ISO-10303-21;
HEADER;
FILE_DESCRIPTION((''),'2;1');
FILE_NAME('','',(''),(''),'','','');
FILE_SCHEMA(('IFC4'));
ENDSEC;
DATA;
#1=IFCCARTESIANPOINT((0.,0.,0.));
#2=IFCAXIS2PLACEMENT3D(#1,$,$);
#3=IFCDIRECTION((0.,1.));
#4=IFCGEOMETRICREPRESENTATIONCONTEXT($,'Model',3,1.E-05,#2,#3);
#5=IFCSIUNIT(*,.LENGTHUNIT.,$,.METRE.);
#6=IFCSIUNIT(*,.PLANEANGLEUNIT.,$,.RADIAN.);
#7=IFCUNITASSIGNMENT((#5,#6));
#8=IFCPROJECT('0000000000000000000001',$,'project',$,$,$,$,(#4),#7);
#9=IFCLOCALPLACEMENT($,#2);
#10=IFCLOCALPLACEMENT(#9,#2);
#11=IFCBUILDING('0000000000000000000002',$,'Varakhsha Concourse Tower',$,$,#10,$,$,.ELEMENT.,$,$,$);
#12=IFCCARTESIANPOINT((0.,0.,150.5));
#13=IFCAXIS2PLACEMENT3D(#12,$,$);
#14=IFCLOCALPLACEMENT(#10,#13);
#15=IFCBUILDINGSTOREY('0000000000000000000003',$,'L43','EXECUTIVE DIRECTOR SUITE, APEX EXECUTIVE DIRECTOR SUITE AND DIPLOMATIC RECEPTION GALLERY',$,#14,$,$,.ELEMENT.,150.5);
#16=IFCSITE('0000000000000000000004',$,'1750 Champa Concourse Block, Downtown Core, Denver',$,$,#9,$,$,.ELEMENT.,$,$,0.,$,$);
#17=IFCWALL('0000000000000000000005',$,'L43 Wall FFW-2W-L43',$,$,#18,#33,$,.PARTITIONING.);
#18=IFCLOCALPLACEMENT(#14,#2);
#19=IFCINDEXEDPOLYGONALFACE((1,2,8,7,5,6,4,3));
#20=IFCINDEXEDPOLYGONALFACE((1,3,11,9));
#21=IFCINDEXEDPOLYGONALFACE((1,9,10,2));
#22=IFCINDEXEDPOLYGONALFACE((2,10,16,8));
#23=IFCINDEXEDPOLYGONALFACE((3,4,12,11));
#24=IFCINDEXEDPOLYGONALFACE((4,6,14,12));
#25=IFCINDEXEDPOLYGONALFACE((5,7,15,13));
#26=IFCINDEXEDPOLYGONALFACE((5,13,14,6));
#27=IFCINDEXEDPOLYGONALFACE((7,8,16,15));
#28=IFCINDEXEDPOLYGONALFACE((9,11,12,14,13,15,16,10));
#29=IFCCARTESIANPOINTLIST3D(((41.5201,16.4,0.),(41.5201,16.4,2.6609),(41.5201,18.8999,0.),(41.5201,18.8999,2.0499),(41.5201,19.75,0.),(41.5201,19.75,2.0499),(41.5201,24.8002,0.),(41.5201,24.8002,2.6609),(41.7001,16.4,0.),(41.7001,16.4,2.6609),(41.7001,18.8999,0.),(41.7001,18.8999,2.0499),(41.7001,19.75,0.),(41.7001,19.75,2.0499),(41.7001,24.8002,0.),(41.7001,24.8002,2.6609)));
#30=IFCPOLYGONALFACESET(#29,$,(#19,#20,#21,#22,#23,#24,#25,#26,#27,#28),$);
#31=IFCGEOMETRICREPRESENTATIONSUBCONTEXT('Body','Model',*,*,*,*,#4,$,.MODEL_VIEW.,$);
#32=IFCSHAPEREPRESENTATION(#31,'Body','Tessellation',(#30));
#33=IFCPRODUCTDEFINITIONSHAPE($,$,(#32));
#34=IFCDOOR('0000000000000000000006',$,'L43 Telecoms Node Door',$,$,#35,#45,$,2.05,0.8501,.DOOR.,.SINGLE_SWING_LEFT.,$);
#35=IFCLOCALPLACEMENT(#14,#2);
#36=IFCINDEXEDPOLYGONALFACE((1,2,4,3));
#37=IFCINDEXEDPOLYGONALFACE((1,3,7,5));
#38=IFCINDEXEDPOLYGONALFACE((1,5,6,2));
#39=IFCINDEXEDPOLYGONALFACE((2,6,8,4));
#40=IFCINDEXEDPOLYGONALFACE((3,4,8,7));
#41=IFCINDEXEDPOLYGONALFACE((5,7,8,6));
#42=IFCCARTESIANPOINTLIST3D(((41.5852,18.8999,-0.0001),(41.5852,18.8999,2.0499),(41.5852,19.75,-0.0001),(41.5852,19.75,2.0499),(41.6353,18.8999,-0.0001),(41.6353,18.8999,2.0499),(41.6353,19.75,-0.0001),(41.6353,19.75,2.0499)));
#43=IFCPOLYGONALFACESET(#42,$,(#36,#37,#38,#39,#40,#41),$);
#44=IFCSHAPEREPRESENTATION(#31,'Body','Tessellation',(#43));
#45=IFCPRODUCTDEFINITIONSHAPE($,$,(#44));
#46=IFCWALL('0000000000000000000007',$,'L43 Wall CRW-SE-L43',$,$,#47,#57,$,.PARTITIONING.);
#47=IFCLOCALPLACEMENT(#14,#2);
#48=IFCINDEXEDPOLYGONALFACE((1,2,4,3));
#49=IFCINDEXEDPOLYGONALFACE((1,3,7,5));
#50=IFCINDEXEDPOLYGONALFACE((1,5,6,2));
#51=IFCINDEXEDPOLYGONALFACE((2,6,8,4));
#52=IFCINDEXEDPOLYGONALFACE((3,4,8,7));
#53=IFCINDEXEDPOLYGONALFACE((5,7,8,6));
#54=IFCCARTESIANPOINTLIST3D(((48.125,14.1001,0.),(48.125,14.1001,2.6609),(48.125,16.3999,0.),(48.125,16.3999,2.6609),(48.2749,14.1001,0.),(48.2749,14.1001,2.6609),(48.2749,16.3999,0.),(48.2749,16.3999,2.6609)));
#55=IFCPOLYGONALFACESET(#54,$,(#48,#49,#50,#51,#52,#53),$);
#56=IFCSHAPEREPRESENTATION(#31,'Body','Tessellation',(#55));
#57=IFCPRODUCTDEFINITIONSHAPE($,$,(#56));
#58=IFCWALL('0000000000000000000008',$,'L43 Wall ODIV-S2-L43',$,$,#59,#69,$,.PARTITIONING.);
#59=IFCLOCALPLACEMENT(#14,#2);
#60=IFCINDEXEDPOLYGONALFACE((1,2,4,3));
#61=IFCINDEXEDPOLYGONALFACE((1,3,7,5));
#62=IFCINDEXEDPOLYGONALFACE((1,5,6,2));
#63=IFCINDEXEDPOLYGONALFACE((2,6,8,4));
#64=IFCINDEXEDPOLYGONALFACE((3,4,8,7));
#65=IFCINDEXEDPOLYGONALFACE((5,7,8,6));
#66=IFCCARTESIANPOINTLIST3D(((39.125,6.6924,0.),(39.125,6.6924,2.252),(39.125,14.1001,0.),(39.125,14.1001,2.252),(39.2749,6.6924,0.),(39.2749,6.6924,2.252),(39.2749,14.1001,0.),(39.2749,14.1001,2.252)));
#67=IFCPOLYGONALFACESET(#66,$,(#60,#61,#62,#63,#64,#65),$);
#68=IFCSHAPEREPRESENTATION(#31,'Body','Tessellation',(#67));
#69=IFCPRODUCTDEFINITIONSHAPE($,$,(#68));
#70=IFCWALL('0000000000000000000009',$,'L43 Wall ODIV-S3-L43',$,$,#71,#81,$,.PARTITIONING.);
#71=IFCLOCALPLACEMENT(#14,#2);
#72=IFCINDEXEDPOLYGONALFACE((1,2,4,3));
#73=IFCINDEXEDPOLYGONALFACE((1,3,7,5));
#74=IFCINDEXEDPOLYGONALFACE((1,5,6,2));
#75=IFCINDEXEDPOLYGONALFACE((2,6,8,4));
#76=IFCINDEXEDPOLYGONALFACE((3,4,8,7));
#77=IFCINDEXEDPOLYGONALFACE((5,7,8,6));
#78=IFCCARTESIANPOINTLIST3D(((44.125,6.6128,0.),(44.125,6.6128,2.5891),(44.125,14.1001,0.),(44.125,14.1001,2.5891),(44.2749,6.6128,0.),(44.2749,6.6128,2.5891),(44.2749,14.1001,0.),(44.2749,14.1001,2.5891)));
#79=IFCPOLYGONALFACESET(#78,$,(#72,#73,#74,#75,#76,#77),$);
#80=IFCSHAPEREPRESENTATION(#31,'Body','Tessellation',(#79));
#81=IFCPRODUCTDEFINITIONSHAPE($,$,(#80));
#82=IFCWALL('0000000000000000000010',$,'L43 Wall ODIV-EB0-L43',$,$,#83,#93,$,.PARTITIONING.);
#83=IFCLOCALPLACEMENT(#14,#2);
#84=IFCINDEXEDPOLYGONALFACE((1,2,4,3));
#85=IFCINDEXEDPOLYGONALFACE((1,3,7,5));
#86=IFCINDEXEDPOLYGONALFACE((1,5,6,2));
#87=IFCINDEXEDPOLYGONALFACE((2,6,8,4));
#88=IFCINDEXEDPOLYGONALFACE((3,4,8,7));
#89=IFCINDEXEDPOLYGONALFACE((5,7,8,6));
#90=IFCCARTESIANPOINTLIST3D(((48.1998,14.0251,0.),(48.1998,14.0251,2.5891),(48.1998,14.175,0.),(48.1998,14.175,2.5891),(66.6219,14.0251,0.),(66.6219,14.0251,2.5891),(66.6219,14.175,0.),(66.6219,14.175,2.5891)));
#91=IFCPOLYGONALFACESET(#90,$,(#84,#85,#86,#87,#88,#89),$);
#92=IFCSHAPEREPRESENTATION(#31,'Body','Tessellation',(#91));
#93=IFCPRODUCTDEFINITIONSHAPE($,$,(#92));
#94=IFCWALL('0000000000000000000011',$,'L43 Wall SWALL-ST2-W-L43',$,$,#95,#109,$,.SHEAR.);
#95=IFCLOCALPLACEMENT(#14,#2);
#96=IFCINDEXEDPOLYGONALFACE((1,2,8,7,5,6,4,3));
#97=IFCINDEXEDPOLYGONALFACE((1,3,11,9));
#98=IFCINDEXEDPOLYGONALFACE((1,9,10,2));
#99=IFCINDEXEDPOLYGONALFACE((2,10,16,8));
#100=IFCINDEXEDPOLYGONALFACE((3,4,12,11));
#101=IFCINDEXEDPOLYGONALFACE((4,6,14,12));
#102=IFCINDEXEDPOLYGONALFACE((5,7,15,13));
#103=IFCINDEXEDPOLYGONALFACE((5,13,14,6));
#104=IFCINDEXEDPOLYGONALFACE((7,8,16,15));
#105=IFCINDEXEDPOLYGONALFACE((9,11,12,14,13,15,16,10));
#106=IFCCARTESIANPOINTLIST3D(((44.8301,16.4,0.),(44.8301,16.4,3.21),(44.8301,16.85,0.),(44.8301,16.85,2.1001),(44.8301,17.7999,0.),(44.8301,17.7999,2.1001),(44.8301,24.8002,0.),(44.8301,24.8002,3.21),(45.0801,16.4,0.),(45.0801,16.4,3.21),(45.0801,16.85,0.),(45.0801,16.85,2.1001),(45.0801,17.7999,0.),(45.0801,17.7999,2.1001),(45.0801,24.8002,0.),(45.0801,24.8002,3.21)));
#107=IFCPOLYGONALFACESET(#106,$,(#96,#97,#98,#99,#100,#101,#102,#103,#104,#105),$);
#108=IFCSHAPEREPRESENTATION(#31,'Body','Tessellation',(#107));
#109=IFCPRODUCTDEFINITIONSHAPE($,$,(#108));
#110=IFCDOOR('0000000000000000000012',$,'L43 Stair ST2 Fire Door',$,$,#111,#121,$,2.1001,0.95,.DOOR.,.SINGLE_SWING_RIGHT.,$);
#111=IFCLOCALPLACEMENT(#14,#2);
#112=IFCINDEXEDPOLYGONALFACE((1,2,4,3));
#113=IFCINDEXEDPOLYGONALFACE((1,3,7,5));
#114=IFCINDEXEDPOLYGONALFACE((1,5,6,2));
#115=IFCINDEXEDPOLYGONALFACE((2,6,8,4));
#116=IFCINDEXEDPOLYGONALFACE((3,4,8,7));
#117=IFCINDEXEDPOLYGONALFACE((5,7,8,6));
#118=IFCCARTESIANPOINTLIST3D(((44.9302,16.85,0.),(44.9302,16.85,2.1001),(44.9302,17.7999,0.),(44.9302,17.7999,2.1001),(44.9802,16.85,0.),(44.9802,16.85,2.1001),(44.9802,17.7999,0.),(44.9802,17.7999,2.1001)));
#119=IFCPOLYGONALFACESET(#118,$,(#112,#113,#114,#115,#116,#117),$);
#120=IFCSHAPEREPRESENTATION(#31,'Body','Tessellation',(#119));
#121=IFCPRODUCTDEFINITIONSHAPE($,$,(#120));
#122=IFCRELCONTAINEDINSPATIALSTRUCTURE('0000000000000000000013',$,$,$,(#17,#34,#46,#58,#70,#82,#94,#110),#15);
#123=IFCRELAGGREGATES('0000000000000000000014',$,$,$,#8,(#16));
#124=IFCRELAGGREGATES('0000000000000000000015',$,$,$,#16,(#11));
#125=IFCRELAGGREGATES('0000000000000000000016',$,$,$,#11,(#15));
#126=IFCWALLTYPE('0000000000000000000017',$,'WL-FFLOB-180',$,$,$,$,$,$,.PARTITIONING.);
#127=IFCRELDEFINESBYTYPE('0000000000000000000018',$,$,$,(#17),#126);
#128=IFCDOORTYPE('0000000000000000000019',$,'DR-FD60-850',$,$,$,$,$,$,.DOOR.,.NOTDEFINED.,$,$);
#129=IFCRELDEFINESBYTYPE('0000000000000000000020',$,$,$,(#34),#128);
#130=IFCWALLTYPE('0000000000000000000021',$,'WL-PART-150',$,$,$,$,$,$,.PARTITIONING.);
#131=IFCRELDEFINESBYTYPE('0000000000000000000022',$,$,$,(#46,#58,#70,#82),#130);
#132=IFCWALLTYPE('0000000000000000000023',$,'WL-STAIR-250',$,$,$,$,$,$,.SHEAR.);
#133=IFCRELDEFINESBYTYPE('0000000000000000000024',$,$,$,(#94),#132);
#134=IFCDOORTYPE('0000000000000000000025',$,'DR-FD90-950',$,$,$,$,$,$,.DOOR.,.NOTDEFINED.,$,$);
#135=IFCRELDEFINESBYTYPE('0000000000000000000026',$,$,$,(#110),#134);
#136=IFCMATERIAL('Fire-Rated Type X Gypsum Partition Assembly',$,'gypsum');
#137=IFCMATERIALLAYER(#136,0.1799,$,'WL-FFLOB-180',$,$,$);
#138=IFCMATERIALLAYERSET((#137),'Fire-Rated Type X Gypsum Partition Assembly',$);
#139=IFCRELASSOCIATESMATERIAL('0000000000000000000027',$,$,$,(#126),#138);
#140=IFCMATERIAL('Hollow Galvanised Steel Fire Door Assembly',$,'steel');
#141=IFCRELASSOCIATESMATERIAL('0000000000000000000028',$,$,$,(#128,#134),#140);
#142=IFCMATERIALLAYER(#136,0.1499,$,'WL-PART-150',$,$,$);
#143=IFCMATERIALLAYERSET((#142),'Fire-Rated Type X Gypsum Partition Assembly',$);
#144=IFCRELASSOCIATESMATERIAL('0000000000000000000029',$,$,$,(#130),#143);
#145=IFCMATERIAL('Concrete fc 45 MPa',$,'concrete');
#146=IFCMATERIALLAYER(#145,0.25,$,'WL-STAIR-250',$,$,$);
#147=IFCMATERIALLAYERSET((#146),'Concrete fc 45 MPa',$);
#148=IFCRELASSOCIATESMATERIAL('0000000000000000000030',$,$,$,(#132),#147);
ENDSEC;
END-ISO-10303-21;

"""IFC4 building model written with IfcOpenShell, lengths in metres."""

from ifc_helpers import new_model, si_unit, direction, frame, frame_2d, origin, place, context, subcontext, project, spatial, rectangle, extrude, material, layer, layer_set, type_object, element, fill, save


model = new_model("IFC4")

# Units and contexts
model_context = context("Model", 3, precision=1e-05, world=origin(), true_north=direction((0.0, 1.0)))
body_context = subcontext(model_context, "Body", "Model", "MODEL_VIEW")
ifc_project = project(units=[si_unit("LENGTHUNIT", "METRE"), si_unit("PLANEANGLEUNIT", "RADIAN")], contexts=[model_context])

# Site, building, storey
site_placement = place(None, origin())
site = spatial("IfcSite", under=ifc_project, at=site_placement, Name="1750 Champa Concourse Block, Downtown Core, Denver", CompositionType="ELEMENT", RefElevation=0.0)
building_placement = place(site_placement, origin())
building = spatial("IfcBuilding", under=site, at=building_placement, Name="Varakhsha Concourse Tower", CompositionType="ELEMENT")
storey_placement = place(building_placement, frame((0.0, 0.0, 150.5)))
storey = spatial("IfcBuildingStorey", under=building, at=storey_placement, Name="L43", Description="EXECUTIVE DIRECTOR SUITE, APEX EXECUTIVE DIRECTOR SUITE AND DIPLOMATIC RECEPTION GALLERY", CompositionType="ELEMENT", Elevation=150.5)

# Wall, opening, door
ifc_material_1 = material(Name="Fire-Rated Type X Gypsum Partition Assembly", Category="gypsum")
ifc_layer_1 = layer(ifc_material_1, 0.1799, Name="WL-FFLOB-180")
ifc_layer_set_1 = layer_set([ifc_layer_1], Name="Fire-Rated Type X Gypsum Partition Assembly")
wall_type_1 = type_object("IfcWallType", Name="WL-FFLOB-180", PredefinedType="PARTITIONING", material=ifc_layer_set_1)
ifc_material_2 = material(Name="Hollow Galvanised Steel Fire Door Assembly", Category="steel")
wall_1_placement = place(storey_placement, frame((41.6101, 16.3999, 0.0), z_axis=(0.0, 0.0, 1.0), x_axis=(0.0, 1.0, 0.0)))
wall_1 = element("IfcWall", 1, at=wall_1_placement, inside=storey, type_object=wall_type_1, Name="L43 Wall FFW-2W-L43", PredefinedType="PARTITIONING", context=body_context, shape_type="SweptSolid", body=[
    extrude(rectangle(XDim=8.4001, YDim=0.1799, at=frame_2d((4.2002, 0.0))), origin(), (0.0, 0.0, 1.0), 2.6609),
])
opening_1_placement = place(wall_1_placement, frame((2.5, 0.0, 0.0)))
opening_1 = element("IfcOpeningElement", 2, at=opening_1_placement, cuts=wall_1, PredefinedType="OPENING", context=body_context, shape_type="SweptSolid", body=[
    extrude(rectangle(XDim=0.8501, YDim=2.05, at=frame_2d((0.425, 1.0249))), frame((0.0, 0.0999, 0.0), z_axis=(0.0, -1.0, 0.0), x_axis=(1.0, 0.0, 0.0)), (0.0, 0.0, 1.0), 0.2),
])
door_type_1 = type_object("IfcDoorType", Name="DR-FD60-850", OperationType="NOTDEFINED", PredefinedType="DOOR", material=ifc_material_2)
door_1_placement = place(opening_1_placement, origin())
door_1 = element("IfcDoor", 3, at=door_1_placement, inside=storey, type_object=door_type_1, Name="L43 Telecoms Node Door", OperationType="SINGLE_SWING_LEFT", OverallHeight=2.05, OverallWidth=0.8501, PredefinedType="DOOR", context=body_context, shape_type="SweptSolid", body=[
    extrude(rectangle(XDim=0.8501, YDim=2.05, at=frame_2d((0.425, 1.0249))), frame((0.0, 0.0249, 0.0), z_axis=(0.0, -1.0, 0.0), x_axis=(1.0, 0.0, 0.0)), (0.0, 0.0, 1.0), 0.05),
])
fill(opening_1, door_1)

# Walls
ifc_layer_2 = layer(ifc_material_1, 0.1499, Name="WL-PART-150")
ifc_layer_set_2 = layer_set([ifc_layer_2], Name="Fire-Rated Type X Gypsum Partition Assembly")
wall_type_2 = type_object("IfcWallType", Name="WL-PART-150", PredefinedType="PARTITIONING", material=ifc_layer_set_2)
wall_2_placement = place(storey_placement, frame((48.2, 14.1001, 0.0), z_axis=(0.0, 0.0, 1.0), x_axis=(0.0, 1.0, 0.0)))
element("IfcWall", 4, at=wall_2_placement, inside=storey, type_object=wall_type_2, Name="L43 Wall CRW-SE-L43", PredefinedType="PARTITIONING", context=body_context, shape_type="SweptSolid", body=[
    extrude(rectangle(XDim=2.2998, YDim=0.1499, at=frame_2d((1.1499, 0.0))), origin(), (0.0, 0.0, 1.0), 2.6609),
])
wall_3_placement = place(storey_placement, frame((39.2, 6.6924, 0.0), z_axis=(0.0, 0.0, 1.0), x_axis=(0.0, 1.0, 0.0)))
element("IfcWall", 5, at=wall_3_placement, inside=storey, type_object=wall_type_2, Name="L43 Wall ODIV-S2-L43", PredefinedType="PARTITIONING", context=body_context, shape_type="SweptSolid", body=[
    extrude(rectangle(XDim=7.4077, YDim=0.1499, at=frame_2d((3.7039, 0.0))), origin(), (0.0, 0.0, 1.0), 2.252),
])
wall_4_placement = place(storey_placement, frame((44.2, 6.6128, 0.0), z_axis=(0.0, 0.0, 1.0), x_axis=(0.0, 1.0, 0.0)))
element("IfcWall", 6, at=wall_4_placement, inside=storey, type_object=wall_type_2, Name="L43 Wall ODIV-S3-L43", PredefinedType="PARTITIONING", context=body_context, shape_type="SweptSolid", body=[
    extrude(rectangle(XDim=7.4873, YDim=0.1499, at=frame_2d((3.7437, 0.0))), origin(), (0.0, 0.0, 1.0), 2.5891),
])
wall_5_placement = place(storey_placement, frame((48.2, 14.1001, 0.0), z_axis=(0.0, 0.0, 1.0), x_axis=(1.0, 0.0, 0.0)))
element("IfcWall", 7, at=wall_5_placement, inside=storey, type_object=wall_type_2, Name="L43 Wall ODIV-EB0-L43", PredefinedType="PARTITIONING", context=body_context, shape_type="SweptSolid", body=[
    extrude(rectangle(XDim=18.4221, YDim=0.1499, at=frame_2d((9.2109, 0.0))), origin(), (0.0, 0.0, 1.0), 2.5891),
])

# Wall, opening, door
ifc_material_3 = material(Name="Concrete fc 45 MPa", Category="concrete")
ifc_layer_3 = layer(ifc_material_3, 0.25, Name="WL-STAIR-250")
ifc_layer_set_3 = layer_set([ifc_layer_3], Name="Concrete fc 45 MPa")
wall_type_3 = type_object("IfcWallType", Name="WL-STAIR-250", PredefinedType="SHEAR", material=ifc_layer_set_3)
wall_6_placement = place(storey_placement, frame((44.9551, 16.3999, 0.0), z_axis=(0.0, 0.0, 1.0), x_axis=(0.0, 1.0, 0.0)))
wall_6 = element("IfcWall", 8, at=wall_6_placement, inside=storey, type_object=wall_type_3, Name="L43 Wall SWALL-ST2-W-L43", PredefinedType="SHEAR", context=body_context, shape_type="SweptSolid", body=[
    extrude(rectangle(XDim=8.4001, YDim=0.25, at=frame_2d((4.2002, 0.0))), origin(), (0.0, 0.0, 1.0), 3.21),
])
opening_2_placement = place(wall_6_placement, frame((0.45, 0.0, 0.0)))
opening_2 = element("IfcOpeningElement", 9, at=opening_2_placement, cuts=wall_6, PredefinedType="OPENING", context=body_context, shape_type="SweptSolid", body=[
    extrude(rectangle(XDim=0.95, YDim=2.1001, at=frame_2d((0.4751, 1.05))), frame((0.0, 0.135, 0.0), z_axis=(0.0, -1.0, 0.0), x_axis=(1.0, 0.0, 0.0)), (0.0, 0.0, 1.0), 0.27),
])
door_type_2 = type_object("IfcDoorType", Name="DR-FD90-950", OperationType="NOTDEFINED", PredefinedType="DOOR", material=ifc_material_2)
door_2_placement = place(opening_2_placement, origin())
door_2 = element("IfcDoor", 10, at=door_2_placement, inside=storey, type_object=door_type_2, Name="L43 Stair ST2 Fire Door", OperationType="SINGLE_SWING_RIGHT", OverallHeight=2.1001, OverallWidth=0.95, PredefinedType="DOOR", context=body_context, shape_type="SweptSolid", body=[
    extrude(rectangle(XDim=0.95, YDim=2.1001, at=frame_2d((0.4751, 1.05))), frame((0.0, 0.0249, 0.0), z_axis=(0.0, -1.0, 0.0), x_axis=(1.0, 0.0, 0.0)), (0.0, 0.0, 1.0), 0.05),
])
fill(opening_2, door_2)

save(model, "model.ifc")
